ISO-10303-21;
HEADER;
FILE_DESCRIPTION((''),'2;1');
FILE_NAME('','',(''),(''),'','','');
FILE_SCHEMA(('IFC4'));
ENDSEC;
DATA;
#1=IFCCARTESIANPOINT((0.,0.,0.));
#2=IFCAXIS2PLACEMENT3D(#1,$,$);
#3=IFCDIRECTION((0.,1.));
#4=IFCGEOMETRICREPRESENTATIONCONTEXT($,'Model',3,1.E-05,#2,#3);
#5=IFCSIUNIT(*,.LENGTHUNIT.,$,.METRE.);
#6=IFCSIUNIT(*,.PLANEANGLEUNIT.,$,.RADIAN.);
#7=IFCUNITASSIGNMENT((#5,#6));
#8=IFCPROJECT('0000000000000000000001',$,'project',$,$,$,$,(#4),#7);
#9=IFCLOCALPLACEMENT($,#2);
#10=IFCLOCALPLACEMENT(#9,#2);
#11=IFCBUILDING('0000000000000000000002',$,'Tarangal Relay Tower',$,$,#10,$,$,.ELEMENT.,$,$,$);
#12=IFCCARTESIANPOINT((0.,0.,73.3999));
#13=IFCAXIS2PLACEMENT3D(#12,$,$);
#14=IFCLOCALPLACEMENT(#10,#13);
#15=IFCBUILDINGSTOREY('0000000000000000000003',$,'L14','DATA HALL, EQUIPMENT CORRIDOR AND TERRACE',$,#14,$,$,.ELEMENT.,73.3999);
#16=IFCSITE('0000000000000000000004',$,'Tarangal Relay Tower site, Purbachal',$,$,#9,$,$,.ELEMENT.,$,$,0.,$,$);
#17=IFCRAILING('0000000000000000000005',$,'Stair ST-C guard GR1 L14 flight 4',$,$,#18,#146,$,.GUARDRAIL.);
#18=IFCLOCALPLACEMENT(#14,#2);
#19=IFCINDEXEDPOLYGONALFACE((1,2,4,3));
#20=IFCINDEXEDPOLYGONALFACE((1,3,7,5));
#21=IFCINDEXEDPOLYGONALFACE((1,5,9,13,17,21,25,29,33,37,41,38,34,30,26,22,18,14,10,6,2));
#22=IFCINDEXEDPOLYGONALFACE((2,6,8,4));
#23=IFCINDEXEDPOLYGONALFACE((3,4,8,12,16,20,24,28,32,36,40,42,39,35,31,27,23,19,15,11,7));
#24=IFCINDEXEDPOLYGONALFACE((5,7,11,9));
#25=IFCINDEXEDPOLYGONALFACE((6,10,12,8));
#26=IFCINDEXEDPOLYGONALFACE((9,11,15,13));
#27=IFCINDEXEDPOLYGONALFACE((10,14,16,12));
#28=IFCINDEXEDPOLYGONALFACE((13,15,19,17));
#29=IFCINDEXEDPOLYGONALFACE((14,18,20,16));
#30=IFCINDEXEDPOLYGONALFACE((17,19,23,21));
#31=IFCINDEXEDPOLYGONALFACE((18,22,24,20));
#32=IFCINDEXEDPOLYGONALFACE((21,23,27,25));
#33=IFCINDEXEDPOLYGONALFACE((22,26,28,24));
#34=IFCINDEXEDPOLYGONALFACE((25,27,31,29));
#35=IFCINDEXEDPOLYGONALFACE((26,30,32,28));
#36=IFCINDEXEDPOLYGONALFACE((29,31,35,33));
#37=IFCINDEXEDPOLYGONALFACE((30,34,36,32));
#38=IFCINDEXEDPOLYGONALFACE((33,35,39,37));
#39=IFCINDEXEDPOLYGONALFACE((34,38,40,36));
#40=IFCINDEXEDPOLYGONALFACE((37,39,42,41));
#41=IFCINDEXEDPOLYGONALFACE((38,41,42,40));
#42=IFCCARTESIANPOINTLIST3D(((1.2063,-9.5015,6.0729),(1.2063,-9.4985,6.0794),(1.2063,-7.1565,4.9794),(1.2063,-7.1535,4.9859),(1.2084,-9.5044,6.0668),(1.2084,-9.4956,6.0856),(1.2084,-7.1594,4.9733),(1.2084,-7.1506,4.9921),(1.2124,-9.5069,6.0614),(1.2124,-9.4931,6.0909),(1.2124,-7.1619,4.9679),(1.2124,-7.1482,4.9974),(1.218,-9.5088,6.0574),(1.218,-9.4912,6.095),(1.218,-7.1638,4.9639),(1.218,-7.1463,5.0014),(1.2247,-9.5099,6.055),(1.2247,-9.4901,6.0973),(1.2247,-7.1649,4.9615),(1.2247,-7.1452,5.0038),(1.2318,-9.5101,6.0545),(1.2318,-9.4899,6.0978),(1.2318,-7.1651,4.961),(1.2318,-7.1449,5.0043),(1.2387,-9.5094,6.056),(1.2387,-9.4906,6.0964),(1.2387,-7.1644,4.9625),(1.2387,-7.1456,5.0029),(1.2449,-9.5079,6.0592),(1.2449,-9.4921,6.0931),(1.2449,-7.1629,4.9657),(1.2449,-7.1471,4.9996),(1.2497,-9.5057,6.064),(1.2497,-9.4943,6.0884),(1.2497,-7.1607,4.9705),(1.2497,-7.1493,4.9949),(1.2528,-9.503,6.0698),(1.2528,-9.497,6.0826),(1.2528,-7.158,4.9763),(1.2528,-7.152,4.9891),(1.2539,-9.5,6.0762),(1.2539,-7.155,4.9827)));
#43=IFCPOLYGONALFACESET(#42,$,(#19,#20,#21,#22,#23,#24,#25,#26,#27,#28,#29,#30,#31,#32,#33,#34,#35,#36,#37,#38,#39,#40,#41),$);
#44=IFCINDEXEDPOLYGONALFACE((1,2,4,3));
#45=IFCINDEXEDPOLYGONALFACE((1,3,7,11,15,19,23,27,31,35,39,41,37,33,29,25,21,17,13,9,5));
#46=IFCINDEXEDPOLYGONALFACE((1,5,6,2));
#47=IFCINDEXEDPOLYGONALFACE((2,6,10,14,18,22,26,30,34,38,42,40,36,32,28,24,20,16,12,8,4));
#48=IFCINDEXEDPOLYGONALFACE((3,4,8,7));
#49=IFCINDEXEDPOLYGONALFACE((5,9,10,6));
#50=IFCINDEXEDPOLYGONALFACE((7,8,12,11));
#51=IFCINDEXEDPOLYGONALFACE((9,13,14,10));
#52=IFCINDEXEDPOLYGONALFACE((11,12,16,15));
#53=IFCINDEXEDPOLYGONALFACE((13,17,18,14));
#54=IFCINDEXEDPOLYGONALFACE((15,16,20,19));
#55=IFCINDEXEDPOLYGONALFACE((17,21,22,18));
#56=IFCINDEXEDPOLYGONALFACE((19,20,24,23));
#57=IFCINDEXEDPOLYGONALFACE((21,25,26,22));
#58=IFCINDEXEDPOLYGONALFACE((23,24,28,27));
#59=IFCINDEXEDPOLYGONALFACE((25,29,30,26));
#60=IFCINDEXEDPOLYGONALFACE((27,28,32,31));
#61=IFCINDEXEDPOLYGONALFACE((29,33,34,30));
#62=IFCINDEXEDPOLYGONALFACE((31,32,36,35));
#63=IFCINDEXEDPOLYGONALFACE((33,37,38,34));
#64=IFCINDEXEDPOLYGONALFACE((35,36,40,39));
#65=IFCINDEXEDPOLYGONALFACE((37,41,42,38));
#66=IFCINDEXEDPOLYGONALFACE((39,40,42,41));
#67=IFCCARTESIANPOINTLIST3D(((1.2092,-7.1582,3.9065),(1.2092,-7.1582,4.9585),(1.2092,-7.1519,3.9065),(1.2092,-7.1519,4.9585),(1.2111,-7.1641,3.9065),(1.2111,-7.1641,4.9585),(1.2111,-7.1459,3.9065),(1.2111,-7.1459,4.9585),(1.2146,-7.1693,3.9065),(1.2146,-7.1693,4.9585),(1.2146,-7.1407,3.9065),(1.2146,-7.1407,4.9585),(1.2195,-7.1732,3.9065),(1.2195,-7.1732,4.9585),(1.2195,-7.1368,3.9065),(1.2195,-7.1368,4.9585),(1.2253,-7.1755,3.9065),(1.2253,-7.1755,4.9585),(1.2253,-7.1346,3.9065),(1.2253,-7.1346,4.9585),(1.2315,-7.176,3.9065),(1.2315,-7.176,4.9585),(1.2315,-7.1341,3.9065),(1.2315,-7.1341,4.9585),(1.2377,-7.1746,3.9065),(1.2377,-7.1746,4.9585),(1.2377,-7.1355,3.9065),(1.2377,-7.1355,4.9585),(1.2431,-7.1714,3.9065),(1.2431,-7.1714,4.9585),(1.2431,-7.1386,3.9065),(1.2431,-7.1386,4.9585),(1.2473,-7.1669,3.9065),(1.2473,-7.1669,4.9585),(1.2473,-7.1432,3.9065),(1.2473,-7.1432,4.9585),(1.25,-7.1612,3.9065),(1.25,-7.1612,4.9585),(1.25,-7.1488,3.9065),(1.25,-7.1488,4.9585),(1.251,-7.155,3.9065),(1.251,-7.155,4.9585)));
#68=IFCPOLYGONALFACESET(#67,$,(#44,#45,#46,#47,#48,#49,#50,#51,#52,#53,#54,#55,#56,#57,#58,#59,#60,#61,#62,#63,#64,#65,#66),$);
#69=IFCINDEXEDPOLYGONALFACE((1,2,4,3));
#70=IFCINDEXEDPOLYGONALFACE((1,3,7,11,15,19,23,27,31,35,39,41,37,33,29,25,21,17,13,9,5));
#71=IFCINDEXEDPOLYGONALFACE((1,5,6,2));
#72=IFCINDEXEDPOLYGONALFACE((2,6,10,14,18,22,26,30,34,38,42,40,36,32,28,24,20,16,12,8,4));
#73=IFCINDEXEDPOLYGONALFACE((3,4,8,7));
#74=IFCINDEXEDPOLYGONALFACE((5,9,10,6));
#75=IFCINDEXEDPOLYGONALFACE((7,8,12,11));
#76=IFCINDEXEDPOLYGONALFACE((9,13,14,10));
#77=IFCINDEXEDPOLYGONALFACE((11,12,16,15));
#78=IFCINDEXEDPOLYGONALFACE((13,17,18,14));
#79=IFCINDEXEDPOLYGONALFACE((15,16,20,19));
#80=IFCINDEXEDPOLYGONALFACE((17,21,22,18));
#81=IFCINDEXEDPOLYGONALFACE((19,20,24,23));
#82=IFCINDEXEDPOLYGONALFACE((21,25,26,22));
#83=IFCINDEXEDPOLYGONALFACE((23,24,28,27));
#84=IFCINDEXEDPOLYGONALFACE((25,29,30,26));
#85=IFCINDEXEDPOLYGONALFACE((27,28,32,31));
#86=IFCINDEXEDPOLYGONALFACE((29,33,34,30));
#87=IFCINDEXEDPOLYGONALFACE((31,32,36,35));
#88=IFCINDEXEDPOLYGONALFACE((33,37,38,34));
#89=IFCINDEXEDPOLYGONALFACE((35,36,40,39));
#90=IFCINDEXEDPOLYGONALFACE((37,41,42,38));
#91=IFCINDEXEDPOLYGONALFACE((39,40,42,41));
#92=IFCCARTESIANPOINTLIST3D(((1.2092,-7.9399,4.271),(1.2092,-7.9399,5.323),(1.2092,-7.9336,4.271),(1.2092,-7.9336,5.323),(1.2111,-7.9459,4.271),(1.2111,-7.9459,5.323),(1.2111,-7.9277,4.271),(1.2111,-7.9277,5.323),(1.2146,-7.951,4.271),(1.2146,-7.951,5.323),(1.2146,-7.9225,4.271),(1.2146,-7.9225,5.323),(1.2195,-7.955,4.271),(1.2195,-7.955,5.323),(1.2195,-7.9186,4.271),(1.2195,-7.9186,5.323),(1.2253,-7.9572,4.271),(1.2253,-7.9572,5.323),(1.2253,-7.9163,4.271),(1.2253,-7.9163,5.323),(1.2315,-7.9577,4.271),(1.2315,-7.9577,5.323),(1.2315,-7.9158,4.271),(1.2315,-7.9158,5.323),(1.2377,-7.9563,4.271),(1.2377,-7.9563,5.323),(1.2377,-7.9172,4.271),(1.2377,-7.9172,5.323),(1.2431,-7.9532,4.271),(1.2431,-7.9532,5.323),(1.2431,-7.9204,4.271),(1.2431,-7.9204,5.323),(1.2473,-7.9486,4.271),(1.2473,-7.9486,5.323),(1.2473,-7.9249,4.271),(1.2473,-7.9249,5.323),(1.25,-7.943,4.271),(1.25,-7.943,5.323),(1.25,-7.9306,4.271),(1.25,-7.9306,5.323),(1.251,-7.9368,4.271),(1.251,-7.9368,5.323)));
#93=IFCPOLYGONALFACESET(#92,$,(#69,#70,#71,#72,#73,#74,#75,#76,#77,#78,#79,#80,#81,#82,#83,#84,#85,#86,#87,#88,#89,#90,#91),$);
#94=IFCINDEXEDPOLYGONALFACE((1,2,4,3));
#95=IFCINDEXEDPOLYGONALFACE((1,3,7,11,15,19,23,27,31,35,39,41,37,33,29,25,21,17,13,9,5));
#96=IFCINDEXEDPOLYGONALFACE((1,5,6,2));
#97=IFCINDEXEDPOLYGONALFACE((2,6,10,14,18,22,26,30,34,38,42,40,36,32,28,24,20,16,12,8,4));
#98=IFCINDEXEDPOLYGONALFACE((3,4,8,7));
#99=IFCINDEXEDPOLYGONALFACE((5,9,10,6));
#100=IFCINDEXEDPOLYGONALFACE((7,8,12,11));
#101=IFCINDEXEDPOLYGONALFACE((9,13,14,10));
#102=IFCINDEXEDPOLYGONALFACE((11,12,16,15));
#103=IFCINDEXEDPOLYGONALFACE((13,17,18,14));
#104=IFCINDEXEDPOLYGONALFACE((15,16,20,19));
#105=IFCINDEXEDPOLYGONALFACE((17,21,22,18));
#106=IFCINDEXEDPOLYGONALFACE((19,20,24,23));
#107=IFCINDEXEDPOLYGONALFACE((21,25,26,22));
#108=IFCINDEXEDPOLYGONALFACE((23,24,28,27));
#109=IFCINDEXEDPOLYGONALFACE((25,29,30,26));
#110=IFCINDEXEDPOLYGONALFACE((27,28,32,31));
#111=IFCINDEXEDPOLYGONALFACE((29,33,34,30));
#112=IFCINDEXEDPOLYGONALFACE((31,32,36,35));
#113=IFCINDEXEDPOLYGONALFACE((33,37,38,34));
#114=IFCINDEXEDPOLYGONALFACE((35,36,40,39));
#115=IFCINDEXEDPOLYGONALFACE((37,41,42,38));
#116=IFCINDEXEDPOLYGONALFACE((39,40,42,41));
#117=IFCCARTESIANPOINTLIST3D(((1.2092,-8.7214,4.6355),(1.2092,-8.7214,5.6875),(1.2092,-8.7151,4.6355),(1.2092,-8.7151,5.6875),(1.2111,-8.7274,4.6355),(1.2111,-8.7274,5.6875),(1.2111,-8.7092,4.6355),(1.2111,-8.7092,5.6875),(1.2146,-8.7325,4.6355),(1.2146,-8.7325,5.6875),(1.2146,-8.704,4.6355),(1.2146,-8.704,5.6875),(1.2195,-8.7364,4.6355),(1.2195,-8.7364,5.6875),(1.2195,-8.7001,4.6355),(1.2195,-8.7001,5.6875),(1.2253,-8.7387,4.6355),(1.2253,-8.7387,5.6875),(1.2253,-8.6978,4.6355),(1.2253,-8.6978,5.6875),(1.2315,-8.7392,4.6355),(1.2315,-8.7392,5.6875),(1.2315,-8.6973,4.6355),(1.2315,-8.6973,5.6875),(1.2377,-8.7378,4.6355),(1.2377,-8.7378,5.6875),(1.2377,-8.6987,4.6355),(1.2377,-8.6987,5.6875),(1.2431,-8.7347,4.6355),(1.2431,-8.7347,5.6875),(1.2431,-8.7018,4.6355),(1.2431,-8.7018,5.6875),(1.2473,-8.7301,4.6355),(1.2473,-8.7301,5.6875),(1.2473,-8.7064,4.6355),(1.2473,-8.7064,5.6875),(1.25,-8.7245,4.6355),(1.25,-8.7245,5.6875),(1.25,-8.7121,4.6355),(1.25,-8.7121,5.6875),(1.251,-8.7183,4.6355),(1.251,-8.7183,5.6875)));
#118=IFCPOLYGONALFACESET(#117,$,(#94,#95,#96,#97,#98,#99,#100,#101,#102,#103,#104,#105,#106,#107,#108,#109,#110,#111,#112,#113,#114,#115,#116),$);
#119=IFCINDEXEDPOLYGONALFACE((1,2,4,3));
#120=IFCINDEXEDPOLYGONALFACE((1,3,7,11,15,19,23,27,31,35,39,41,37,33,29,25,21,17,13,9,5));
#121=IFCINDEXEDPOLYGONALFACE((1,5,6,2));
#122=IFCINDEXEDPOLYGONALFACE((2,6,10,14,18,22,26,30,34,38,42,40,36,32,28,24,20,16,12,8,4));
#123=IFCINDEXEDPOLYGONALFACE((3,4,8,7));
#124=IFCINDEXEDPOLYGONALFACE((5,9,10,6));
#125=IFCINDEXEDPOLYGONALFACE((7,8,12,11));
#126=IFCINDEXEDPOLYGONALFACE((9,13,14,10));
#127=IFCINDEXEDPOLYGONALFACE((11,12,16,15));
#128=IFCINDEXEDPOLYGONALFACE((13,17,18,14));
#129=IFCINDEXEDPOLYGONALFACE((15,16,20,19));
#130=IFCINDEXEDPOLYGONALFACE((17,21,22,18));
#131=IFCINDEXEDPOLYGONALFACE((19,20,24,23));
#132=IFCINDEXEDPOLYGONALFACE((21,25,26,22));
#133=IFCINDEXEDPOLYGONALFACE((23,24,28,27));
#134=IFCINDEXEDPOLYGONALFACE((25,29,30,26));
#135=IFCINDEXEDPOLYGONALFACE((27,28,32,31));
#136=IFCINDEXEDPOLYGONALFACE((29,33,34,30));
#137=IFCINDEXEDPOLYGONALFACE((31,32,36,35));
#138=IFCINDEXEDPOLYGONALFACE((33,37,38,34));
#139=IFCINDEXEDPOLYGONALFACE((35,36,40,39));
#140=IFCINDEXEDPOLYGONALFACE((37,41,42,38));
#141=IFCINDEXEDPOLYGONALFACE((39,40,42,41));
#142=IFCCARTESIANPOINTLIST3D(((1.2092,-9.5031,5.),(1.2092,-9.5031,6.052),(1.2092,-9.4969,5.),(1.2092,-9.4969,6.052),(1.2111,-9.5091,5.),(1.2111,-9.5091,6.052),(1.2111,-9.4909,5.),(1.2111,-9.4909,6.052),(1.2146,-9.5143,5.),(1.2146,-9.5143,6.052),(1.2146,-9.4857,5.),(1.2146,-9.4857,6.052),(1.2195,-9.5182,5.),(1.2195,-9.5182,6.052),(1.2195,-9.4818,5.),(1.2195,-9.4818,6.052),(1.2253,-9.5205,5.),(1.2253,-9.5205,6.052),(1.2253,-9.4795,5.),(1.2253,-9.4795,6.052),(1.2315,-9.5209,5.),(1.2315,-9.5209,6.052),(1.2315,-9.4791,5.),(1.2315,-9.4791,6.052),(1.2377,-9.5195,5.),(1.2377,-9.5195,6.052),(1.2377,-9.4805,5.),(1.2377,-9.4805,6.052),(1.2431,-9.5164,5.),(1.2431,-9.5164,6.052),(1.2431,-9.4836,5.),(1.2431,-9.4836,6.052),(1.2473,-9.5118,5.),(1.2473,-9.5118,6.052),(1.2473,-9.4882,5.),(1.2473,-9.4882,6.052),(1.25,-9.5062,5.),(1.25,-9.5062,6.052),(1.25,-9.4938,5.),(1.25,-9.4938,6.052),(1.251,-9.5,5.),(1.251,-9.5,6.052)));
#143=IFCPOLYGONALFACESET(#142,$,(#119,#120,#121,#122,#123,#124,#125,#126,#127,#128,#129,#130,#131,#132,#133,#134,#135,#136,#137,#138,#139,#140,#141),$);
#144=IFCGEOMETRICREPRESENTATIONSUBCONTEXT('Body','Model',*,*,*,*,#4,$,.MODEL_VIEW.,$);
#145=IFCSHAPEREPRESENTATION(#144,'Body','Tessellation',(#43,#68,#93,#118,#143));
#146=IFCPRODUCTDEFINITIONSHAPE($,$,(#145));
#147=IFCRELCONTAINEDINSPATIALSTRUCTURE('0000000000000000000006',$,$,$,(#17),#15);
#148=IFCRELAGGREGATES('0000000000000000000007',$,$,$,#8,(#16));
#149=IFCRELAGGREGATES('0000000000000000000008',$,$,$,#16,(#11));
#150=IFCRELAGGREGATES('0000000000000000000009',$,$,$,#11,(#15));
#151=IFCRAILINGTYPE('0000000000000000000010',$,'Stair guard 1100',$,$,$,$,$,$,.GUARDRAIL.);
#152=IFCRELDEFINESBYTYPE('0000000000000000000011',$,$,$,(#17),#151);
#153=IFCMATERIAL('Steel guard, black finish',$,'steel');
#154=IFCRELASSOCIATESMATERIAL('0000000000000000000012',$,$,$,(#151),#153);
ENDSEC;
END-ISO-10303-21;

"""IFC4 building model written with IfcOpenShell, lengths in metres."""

from ifc_helpers import new_model, si_unit, direction, frame, origin, origin_2d, place, context, subcontext, project, spatial, circle, extrude, material, type_object, element, save


model = new_model("IFC4")

# Units and contexts
model_context = context("Model", 3, precision=1e-05, world=origin(), true_north=direction((0.0, 1.0)))
body_context = subcontext(model_context, "Body", "Model", "MODEL_VIEW")
ifc_project = project(units=[si_unit("LENGTHUNIT", "METRE"), si_unit("PLANEANGLEUNIT", "RADIAN")], contexts=[model_context])

# Site, building, storey
site_placement = place(None, origin())
site = spatial("IfcSite", under=ifc_project, at=site_placement, Name="Tarangal Relay Tower site, Purbachal", CompositionType="ELEMENT", RefElevation=0.0)
building_placement = place(site_placement, origin())
building = spatial("IfcBuilding", under=site, at=building_placement, Name="Tarangal Relay Tower", CompositionType="ELEMENT")
storey_placement = place(building_placement, frame((0.0, 0.0, 73.3999)))
storey = spatial("IfcBuildingStorey", under=building, at=storey_placement, Name="L14", Description="DATA HALL, EQUIPMENT CORRIDOR AND TERRACE", CompositionType="ELEMENT", Elevation=73.3999)

# Railing
ifc_material_1 = material(Name="Steel guard, black finish", Category="steel")
railing_type_1 = type_object("IfcRailingType", Name="Stair guard 1100", PredefinedType="GUARDRAIL", material=ifc_material_1)
for number, where, name in (
    (1, (1.23, -7.155, 3.9065), "Stair ST-C guard GR1 L14 flight 4"),
):
    element("IfcRailing", number, at=place(storey_placement, frame(where)), inside=storey, type_object=railing_type_1, Name=name, PredefinedType="GUARDRAIL", context=body_context, shape_type="SweptSolid", body=[
        extrude(circle(Radius=0.0239, at=origin_2d()), frame((0.0, 0.0, 1.0762), z_axis=(0.0, -0.906304, 0.422627), x_axis=(1.0, 0.0, 0.0)), (0.0, 0.0, 1.0), 2.5874),
        extrude(circle(Radius=0.021, at=origin_2d()), origin(), (0.0, 0.0, 1.0), 1.052),
        extrude(circle(Radius=0.021, at=origin_2d()), frame((0.0, -0.7817, 0.3645)), (0.0, 0.0, 1.0), 1.052),
        extrude(circle(Radius=0.021, at=origin_2d()), frame((0.0, -1.5632, 0.729)), (0.0, 0.0, 1.0), 1.052),
        extrude(circle(Radius=0.021, at=origin_2d()), frame((0.0, -2.345, 1.0935)), (0.0, 0.0, 1.0), 1.052),
    ])

save(model, "model.ifc")
